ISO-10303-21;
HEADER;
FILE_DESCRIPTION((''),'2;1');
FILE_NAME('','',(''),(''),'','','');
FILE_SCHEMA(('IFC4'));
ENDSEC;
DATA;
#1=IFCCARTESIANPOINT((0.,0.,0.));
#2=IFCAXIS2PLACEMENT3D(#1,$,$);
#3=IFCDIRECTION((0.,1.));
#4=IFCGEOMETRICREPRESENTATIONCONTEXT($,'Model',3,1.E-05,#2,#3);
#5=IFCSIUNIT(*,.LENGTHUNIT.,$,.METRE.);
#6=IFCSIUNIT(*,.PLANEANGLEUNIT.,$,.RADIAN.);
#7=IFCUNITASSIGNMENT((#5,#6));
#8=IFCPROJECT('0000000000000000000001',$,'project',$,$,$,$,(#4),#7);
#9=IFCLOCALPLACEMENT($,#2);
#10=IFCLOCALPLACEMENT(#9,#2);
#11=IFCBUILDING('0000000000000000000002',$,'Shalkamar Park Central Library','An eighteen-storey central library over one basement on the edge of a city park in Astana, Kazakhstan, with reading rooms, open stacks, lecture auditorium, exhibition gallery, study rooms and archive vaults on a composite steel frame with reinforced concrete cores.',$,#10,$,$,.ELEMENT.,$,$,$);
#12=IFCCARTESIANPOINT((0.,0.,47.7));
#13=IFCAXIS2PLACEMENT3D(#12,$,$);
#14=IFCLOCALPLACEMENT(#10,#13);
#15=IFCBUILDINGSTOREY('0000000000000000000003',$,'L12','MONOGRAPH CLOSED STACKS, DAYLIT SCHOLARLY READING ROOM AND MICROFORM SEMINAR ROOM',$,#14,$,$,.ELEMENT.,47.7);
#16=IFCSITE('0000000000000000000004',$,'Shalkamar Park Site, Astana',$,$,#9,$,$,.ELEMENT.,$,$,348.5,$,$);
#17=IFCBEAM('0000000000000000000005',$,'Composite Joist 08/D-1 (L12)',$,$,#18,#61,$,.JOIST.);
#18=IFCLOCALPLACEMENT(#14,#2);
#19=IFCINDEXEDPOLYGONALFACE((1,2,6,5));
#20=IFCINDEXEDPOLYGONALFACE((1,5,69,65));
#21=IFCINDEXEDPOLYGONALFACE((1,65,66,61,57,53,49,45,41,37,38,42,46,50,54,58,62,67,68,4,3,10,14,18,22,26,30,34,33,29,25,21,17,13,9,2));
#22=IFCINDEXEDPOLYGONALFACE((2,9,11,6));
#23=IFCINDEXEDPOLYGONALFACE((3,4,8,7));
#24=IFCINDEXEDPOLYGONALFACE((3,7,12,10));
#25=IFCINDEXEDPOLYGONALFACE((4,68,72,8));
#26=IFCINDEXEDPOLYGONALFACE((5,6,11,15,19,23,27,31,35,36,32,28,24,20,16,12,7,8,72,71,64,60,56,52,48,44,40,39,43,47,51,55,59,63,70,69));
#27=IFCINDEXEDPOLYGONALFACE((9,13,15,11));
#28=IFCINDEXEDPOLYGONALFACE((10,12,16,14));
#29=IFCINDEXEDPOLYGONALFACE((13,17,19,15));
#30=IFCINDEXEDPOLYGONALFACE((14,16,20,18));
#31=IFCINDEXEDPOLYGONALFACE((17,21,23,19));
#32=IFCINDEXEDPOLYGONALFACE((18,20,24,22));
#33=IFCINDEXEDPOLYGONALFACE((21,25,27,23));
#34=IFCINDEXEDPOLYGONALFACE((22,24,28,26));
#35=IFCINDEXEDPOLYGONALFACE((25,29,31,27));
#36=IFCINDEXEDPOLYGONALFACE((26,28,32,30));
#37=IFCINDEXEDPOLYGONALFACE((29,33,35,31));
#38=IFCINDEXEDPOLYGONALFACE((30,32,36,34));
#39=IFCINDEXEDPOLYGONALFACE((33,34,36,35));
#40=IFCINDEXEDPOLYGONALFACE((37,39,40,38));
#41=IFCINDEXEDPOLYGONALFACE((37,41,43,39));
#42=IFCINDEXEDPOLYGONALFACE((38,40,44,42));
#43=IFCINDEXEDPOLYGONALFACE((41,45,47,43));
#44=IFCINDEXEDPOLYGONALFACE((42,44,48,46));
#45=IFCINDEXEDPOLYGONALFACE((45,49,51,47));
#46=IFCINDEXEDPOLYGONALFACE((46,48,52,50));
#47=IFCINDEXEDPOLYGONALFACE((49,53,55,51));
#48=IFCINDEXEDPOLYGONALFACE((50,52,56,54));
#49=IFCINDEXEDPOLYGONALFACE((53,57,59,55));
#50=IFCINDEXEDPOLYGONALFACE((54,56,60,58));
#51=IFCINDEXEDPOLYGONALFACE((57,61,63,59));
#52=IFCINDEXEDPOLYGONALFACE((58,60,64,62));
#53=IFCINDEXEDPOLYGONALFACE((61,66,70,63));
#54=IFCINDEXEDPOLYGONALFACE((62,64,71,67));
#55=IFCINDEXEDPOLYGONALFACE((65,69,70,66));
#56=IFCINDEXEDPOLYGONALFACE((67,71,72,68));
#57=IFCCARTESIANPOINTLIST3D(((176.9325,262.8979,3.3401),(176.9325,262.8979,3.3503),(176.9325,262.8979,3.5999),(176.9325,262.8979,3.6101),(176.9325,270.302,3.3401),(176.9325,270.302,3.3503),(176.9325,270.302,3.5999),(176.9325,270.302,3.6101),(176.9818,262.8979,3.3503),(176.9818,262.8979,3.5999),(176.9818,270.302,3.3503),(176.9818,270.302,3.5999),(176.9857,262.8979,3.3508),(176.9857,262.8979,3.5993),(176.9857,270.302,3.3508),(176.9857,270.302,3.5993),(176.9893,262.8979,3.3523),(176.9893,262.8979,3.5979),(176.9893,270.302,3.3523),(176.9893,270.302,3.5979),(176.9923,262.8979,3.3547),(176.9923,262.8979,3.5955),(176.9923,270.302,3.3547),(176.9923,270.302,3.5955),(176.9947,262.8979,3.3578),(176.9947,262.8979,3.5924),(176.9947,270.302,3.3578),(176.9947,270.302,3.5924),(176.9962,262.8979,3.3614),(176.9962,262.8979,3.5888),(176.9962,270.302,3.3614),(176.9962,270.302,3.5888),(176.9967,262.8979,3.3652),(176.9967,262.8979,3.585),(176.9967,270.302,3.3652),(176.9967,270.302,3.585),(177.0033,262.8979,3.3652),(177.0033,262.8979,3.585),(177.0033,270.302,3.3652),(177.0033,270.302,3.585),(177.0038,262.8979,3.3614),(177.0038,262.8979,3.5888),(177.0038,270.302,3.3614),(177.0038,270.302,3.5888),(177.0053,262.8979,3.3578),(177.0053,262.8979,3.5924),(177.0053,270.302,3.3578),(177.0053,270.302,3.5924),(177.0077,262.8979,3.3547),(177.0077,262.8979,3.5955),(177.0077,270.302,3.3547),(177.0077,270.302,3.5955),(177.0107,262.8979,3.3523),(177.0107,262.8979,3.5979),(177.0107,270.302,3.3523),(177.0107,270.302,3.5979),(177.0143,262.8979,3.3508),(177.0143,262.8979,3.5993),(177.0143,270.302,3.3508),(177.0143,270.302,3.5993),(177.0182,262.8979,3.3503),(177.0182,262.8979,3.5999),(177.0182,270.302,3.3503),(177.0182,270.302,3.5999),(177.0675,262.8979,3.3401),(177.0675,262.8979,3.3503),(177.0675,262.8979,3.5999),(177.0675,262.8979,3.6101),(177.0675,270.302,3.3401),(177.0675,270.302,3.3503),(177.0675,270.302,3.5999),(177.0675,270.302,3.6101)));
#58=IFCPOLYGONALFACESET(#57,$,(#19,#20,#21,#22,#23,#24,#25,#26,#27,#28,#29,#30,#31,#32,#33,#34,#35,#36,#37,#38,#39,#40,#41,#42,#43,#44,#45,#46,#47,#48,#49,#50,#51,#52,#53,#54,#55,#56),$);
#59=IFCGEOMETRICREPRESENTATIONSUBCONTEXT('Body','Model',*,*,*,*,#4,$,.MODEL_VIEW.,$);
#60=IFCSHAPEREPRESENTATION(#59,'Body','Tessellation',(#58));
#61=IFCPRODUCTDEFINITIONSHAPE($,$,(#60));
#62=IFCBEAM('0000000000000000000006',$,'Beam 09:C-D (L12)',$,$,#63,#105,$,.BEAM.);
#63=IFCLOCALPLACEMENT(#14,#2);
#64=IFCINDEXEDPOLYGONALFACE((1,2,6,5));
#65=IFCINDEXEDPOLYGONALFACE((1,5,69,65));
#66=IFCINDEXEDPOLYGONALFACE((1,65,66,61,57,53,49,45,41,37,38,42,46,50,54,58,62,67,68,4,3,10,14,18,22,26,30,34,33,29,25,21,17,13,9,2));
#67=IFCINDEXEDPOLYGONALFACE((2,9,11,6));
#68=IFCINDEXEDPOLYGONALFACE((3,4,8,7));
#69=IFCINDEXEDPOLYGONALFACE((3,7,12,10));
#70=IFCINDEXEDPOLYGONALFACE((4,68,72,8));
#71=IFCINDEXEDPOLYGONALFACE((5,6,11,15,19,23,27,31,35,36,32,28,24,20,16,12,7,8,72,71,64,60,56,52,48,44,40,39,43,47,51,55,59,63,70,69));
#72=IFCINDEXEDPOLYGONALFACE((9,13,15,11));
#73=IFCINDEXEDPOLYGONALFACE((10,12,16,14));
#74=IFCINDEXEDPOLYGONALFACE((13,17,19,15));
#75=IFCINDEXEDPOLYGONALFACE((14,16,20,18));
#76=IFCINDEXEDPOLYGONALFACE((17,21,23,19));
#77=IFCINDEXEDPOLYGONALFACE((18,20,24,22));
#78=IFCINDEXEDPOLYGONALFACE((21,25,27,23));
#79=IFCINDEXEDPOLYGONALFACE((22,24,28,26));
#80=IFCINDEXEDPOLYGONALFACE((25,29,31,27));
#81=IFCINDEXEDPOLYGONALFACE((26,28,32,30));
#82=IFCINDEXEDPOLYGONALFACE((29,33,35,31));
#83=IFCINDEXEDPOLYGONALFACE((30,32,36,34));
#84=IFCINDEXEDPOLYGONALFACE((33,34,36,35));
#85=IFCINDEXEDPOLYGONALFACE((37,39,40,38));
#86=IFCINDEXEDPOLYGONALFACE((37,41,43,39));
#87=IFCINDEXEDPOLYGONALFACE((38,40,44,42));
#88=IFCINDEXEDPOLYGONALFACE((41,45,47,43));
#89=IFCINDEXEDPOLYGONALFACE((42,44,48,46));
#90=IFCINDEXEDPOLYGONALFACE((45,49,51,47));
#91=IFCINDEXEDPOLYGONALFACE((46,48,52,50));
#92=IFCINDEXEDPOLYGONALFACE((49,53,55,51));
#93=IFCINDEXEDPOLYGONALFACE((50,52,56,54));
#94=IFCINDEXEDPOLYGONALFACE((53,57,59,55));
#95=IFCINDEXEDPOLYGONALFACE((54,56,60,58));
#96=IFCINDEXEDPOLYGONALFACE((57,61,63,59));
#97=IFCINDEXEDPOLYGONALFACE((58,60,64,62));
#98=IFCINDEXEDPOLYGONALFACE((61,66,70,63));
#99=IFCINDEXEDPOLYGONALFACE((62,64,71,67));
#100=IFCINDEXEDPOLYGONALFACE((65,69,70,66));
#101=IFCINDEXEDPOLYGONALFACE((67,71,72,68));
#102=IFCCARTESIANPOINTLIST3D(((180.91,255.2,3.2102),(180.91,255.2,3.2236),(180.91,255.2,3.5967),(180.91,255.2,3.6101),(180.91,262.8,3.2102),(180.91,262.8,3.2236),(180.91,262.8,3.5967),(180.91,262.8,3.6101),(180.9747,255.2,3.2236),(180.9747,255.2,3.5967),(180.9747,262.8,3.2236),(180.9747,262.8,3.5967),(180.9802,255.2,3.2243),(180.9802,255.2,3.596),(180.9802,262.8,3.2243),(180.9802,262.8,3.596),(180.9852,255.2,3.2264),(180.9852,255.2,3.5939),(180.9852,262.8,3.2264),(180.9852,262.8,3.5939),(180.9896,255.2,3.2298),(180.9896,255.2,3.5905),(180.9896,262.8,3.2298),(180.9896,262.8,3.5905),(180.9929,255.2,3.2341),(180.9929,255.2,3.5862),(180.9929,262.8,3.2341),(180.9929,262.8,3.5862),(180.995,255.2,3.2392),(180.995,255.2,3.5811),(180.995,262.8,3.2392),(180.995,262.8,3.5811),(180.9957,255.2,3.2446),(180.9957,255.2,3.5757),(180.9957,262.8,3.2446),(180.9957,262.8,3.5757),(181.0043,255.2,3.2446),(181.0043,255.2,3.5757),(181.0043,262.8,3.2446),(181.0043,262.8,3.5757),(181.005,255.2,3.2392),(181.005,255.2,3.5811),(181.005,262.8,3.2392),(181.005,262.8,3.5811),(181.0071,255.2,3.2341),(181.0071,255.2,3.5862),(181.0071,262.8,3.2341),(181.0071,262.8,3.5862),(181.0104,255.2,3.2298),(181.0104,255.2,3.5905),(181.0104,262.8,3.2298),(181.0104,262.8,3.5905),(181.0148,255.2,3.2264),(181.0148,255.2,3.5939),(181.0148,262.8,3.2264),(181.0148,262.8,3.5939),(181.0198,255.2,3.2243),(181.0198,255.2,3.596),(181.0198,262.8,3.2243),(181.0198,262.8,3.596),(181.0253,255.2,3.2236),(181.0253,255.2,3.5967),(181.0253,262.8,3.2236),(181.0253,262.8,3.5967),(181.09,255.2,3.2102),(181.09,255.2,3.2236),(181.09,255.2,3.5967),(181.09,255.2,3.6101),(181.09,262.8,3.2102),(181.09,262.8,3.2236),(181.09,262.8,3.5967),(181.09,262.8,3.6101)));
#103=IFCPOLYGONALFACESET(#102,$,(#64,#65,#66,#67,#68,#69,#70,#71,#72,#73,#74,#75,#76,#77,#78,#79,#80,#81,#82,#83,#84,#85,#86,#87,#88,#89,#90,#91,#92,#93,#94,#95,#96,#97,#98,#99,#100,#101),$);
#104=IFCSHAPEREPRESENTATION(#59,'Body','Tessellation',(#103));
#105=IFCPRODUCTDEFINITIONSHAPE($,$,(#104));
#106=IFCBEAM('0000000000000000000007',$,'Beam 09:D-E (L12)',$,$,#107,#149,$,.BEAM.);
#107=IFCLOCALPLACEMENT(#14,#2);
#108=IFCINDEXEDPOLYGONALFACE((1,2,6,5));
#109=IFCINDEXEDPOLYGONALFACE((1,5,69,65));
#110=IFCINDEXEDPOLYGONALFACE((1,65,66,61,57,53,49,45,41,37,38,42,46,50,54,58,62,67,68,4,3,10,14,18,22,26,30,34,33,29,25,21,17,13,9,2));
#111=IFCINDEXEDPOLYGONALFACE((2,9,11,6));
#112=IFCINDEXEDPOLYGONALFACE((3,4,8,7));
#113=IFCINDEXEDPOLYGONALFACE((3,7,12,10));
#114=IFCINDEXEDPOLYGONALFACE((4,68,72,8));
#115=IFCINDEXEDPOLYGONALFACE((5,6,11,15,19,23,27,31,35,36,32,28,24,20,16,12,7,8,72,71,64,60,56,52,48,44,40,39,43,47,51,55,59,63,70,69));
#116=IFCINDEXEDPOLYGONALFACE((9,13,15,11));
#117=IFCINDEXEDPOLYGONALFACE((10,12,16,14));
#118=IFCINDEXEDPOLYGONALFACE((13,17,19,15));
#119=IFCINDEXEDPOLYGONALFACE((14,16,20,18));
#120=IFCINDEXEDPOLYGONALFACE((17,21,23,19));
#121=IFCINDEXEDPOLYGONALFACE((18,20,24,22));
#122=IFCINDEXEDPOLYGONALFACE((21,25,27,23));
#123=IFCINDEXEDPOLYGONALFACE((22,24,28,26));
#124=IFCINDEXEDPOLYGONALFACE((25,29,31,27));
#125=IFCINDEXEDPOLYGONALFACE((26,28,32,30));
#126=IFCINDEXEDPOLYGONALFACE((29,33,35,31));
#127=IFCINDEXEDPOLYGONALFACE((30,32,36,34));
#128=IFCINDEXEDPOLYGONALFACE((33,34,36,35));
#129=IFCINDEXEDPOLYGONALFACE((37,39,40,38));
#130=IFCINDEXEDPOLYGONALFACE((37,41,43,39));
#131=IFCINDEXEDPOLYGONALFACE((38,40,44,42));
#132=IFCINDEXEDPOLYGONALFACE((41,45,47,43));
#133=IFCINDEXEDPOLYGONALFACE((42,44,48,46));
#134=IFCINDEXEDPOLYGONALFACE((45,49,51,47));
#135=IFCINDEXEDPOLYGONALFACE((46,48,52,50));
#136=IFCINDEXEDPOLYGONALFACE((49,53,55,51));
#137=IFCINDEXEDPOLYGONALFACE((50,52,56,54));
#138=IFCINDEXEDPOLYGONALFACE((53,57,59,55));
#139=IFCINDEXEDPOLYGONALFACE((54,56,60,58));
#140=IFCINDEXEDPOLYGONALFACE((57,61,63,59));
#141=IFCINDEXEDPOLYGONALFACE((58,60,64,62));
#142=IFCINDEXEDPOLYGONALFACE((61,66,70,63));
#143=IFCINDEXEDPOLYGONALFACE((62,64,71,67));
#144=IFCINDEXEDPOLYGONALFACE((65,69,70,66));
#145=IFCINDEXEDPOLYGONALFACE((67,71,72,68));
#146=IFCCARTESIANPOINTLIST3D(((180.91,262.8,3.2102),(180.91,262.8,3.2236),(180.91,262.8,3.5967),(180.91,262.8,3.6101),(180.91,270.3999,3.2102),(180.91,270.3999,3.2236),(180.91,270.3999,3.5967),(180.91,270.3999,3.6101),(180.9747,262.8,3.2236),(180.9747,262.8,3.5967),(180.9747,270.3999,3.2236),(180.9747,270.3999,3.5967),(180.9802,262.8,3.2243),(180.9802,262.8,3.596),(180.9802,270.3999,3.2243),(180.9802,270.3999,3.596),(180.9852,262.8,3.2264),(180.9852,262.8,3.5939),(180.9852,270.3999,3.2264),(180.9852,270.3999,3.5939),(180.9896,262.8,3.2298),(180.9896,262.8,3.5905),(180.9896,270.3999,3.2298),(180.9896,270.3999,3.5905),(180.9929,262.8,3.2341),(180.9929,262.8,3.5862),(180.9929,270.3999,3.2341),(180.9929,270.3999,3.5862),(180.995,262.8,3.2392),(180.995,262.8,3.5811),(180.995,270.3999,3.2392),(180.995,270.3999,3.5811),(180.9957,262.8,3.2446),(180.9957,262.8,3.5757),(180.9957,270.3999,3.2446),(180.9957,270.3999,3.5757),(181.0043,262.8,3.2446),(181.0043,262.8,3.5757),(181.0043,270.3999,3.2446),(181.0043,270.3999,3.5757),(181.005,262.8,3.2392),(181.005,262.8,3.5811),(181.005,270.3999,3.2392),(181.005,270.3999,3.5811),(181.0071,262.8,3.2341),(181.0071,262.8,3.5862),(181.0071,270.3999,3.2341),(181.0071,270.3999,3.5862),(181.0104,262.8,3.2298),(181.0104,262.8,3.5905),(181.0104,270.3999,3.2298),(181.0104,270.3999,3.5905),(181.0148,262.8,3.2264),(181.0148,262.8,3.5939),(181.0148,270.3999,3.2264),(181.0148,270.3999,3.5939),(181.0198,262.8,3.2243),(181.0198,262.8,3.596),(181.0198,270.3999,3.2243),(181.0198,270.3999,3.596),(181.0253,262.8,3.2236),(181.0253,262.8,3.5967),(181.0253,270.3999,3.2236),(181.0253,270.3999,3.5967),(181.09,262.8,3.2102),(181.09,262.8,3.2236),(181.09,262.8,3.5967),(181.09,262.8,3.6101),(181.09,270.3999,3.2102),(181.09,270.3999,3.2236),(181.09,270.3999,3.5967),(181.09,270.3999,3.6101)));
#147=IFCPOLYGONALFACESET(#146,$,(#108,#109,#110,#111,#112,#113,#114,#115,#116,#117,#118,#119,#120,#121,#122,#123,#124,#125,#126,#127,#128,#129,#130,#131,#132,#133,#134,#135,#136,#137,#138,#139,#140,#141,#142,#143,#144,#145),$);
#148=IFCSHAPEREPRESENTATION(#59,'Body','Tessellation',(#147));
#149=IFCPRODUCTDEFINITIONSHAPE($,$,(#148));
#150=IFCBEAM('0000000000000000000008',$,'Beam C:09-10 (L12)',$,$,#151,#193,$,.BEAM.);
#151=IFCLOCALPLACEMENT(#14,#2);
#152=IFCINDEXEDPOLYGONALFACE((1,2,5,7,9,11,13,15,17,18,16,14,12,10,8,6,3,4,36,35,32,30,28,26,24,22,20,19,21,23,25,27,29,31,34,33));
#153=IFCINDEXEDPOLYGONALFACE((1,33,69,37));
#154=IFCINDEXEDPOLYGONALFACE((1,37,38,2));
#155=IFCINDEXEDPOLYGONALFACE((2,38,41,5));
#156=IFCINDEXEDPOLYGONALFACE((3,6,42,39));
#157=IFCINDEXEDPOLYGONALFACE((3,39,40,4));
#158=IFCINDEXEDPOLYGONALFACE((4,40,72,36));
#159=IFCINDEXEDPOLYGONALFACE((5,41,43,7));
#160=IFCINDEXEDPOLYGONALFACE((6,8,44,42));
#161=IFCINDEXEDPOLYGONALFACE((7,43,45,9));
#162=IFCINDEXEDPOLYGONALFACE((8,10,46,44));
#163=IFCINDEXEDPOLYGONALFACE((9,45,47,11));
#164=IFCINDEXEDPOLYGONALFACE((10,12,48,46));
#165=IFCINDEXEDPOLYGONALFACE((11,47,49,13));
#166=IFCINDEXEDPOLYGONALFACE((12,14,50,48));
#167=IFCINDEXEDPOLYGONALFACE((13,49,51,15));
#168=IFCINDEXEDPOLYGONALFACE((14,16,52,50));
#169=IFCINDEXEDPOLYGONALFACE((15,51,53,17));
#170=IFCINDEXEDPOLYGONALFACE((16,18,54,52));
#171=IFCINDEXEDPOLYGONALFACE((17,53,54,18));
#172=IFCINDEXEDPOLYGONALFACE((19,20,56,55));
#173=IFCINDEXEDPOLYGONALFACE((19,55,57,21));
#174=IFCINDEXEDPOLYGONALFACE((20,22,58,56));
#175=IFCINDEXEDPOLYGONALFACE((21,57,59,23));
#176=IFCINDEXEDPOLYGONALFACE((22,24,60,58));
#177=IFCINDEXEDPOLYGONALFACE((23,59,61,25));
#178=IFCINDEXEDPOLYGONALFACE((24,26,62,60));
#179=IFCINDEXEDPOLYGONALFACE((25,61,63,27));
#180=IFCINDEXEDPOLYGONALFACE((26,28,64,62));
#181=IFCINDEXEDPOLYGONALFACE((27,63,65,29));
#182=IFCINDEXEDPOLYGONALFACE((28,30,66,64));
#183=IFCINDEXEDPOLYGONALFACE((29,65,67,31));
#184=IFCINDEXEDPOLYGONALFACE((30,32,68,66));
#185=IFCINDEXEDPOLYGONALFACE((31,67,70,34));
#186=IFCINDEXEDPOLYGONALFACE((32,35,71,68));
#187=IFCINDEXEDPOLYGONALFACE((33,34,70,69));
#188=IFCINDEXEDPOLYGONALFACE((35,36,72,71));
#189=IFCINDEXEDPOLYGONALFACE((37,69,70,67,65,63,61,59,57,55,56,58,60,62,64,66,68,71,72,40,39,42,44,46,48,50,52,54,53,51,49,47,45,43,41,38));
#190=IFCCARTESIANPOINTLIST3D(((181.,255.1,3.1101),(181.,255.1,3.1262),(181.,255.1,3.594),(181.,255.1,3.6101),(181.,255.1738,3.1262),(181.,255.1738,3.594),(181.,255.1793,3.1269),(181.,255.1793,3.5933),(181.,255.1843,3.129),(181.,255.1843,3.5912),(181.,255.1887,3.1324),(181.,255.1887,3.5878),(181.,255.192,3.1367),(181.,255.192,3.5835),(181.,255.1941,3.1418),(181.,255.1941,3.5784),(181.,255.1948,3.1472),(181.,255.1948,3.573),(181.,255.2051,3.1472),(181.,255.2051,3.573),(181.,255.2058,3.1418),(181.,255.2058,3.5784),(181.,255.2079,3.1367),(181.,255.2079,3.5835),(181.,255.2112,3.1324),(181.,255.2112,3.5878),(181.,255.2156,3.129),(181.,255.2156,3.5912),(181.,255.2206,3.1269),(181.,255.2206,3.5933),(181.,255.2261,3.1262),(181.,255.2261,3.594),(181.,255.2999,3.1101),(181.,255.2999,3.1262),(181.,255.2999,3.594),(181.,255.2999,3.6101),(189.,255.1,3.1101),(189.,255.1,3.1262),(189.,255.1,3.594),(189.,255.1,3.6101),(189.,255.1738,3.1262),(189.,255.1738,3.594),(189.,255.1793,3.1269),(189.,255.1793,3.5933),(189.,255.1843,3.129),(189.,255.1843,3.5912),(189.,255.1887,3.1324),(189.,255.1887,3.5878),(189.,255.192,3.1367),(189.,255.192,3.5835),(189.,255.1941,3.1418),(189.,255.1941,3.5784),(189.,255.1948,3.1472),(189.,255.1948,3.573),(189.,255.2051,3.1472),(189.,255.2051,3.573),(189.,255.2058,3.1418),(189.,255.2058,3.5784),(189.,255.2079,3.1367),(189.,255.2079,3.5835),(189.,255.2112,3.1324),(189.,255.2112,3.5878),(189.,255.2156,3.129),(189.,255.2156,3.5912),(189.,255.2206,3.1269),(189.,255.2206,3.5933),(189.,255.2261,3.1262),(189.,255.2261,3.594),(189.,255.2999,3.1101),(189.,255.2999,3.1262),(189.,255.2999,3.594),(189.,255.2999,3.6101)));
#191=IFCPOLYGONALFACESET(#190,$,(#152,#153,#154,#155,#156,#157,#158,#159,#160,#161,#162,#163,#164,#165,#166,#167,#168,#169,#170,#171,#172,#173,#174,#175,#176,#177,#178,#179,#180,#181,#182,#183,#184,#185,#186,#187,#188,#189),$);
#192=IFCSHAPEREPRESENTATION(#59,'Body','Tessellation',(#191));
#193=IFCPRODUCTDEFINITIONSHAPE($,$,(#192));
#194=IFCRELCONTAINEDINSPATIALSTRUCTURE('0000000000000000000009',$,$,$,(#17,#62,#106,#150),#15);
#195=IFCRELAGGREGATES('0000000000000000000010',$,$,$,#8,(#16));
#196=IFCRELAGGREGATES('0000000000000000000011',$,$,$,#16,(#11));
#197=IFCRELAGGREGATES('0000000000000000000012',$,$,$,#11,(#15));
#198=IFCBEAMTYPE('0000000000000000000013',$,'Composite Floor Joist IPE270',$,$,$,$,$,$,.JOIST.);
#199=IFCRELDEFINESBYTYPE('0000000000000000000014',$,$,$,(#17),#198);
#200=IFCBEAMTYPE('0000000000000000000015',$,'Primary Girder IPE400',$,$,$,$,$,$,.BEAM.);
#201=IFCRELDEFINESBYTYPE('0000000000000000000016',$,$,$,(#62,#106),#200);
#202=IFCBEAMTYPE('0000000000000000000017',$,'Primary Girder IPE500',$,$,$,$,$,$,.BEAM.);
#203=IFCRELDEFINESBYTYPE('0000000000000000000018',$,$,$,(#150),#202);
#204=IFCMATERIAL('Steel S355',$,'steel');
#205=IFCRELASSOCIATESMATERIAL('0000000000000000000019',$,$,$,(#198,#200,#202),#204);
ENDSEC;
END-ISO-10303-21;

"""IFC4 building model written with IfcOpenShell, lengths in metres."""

from ifc_helpers import new_model, si_unit, direction, frame, origin, origin_2d, place, context, subcontext, project, spatial, i_section, extrude, material, material_profile, profile_set, type_object, element, save


model = new_model("IFC4")

# Units and contexts
model_context = context("Model", 3, precision=1e-05, world=origin(), true_north=direction((0.0, 1.0)))
body_context = subcontext(model_context, "Body", "Model", "MODEL_VIEW")
ifc_project = project(units=[si_unit("LENGTHUNIT", "METRE"), si_unit("PLANEANGLEUNIT", "RADIAN")], contexts=[model_context])

# Site, building, storey
site_placement = place(None, origin())
site = spatial("IfcSite", under=ifc_project, at=site_placement, Name="Shalkamar Park Site, Astana", CompositionType="ELEMENT", RefElevation=348.5)
building_placement = place(site_placement, origin())
building = spatial("IfcBuilding", under=site, at=building_placement, Name="Shalkamar Park Central Library", Description="An eighteen-storey central library over one basement on the edge of a city park in Astana, Kazakhstan, with reading rooms, open stacks, lecture auditorium, exhibition gallery, study rooms and archive vaults on a composite steel frame with reinforced concrete cores.", CompositionType="ELEMENT")
storey_placement = place(building_placement, frame((0.0, 0.0, 47.7)))
storey = spatial("IfcBuildingStorey", under=building, at=storey_placement, Name="L12", Description="MONOGRAPH CLOSED STACKS, DAYLIT SCHOLARLY READING ROOM AND MICROFORM SEMINAR ROOM", CompositionType="ELEMENT", Elevation=47.7)

# Shared definitions
ifc_material_1 = material(Name="Steel S355", Category="steel")

# Beams
ifc_material_profile_1 = material_profile(ifc_material_1, i_section(OverallWidth=0.135, OverallDepth=0.27, WebThickness=0.0066, FlangeThickness=0.0103, FilletRadius=0.0149, at=origin_2d()), Name="IPE 270")
ifc_profile_set_1 = profile_set([ifc_material_profile_1], Name="Steel S355")
beam_type_1 = type_object("IfcBeamType", Name="Composite Floor Joist IPE270", PredefinedType="JOIST", material=ifc_profile_set_1)
beam_1_placement = place(storey_placement, frame((177.0, 262.8979, 3.4751), z_axis=(0.0, 1.0, 0.0), x_axis=(-1.0, 0.0, 0.0)))
element("IfcBeam", 1, at=beam_1_placement, inside=storey, type_object=beam_type_1, Name="Composite Joist 08/D-1 (L12)", PredefinedType="JOIST", context=body_context, shape_type="SweptSolid", body=[
    extrude(i_section(OverallWidth=0.135, OverallDepth=0.27, WebThickness=0.0066, FlangeThickness=0.0103, FilletRadius=0.0149, at=origin_2d()), origin(), (0.0, 0.0, 1.0), 7.4041),
])
ifc_material_profile_2 = material_profile(ifc_material_1, i_section(OverallWidth=0.1799, OverallDepth=0.3999, WebThickness=0.0085, FlangeThickness=0.0134, FilletRadius=0.021, at=origin_2d()), Name="IPE 400")
ifc_profile_set_2 = profile_set([ifc_material_profile_2], Name="Steel S355")
beam_type_2 = type_object("IfcBeamType", Name="Primary Girder IPE400", PredefinedType="BEAM", material=ifc_profile_set_2)
beam_2_placement = place(storey_placement, frame((181.0, 255.2, 3.4102), z_axis=(0.0, 1.0, 0.0), x_axis=(-1.0, 0.0, 0.0)))
element("IfcBeam", 2, at=beam_2_placement, inside=storey, type_object=beam_type_2, Name="Beam 09:C-D (L12)", PredefinedType="BEAM", context=body_context, shape_type="SweptSolid", body=[
    extrude(i_section(OverallWidth=0.1799, OverallDepth=0.3999, WebThickness=0.0085, FlangeThickness=0.0134, FilletRadius=0.021, at=origin_2d()), origin(), (0.0, 0.0, 1.0), 7.6001),
])
beam_3_placement = place(storey_placement, frame((181.0, 262.8, 3.4102), z_axis=(0.0, 1.0, 0.0), x_axis=(-1.0, 0.0, 0.0)))
element("IfcBeam", 3, at=beam_3_placement, inside=storey, type_object=beam_type_2, Name="Beam 09:D-E (L12)", PredefinedType="BEAM", context=body_context, shape_type="SweptSolid", body=[
    extrude(i_section(OverallWidth=0.1799, OverallDepth=0.3999, WebThickness=0.0085, FlangeThickness=0.0134, FilletRadius=0.021, at=origin_2d()), origin(), (0.0, 0.0, 1.0), 7.5999),
])
ifc_material_profile_3 = material_profile(ifc_material_1, i_section(OverallWidth=0.2, OverallDepth=0.5, WebThickness=0.0103, FlangeThickness=0.0161, FilletRadius=0.021, at=origin_2d()), Name="IPE 500")
ifc_profile_set_3 = profile_set([ifc_material_profile_3], Name="Steel S355")
beam_type_3 = type_object("IfcBeamType", Name="Primary Girder IPE500", PredefinedType="BEAM", material=ifc_profile_set_3)
for number, where, z_axis, x_axis, name in (
    (4, (181.0, 255.2, 3.3601), (1.0, 0.0, 0.0), (0.0, 1.0, 0.0), "Beam C:09-10 (L12)"),
):
    element("IfcBeam", number, at=place(storey_placement, frame(where, z_axis=z_axis, x_axis=x_axis)), inside=storey, type_object=beam_type_3, Name=name, PredefinedType="BEAM", context=body_context, shape_type="SweptSolid", body=[
        extrude(i_section(OverallWidth=0.2, OverallDepth=0.5, WebThickness=0.0103, FlangeThickness=0.0161, FilletRadius=0.021, at=origin_2d()), origin(), (0.0, 0.0, 1.0), 8.0),
    ])

save(model, "model.ifc")
